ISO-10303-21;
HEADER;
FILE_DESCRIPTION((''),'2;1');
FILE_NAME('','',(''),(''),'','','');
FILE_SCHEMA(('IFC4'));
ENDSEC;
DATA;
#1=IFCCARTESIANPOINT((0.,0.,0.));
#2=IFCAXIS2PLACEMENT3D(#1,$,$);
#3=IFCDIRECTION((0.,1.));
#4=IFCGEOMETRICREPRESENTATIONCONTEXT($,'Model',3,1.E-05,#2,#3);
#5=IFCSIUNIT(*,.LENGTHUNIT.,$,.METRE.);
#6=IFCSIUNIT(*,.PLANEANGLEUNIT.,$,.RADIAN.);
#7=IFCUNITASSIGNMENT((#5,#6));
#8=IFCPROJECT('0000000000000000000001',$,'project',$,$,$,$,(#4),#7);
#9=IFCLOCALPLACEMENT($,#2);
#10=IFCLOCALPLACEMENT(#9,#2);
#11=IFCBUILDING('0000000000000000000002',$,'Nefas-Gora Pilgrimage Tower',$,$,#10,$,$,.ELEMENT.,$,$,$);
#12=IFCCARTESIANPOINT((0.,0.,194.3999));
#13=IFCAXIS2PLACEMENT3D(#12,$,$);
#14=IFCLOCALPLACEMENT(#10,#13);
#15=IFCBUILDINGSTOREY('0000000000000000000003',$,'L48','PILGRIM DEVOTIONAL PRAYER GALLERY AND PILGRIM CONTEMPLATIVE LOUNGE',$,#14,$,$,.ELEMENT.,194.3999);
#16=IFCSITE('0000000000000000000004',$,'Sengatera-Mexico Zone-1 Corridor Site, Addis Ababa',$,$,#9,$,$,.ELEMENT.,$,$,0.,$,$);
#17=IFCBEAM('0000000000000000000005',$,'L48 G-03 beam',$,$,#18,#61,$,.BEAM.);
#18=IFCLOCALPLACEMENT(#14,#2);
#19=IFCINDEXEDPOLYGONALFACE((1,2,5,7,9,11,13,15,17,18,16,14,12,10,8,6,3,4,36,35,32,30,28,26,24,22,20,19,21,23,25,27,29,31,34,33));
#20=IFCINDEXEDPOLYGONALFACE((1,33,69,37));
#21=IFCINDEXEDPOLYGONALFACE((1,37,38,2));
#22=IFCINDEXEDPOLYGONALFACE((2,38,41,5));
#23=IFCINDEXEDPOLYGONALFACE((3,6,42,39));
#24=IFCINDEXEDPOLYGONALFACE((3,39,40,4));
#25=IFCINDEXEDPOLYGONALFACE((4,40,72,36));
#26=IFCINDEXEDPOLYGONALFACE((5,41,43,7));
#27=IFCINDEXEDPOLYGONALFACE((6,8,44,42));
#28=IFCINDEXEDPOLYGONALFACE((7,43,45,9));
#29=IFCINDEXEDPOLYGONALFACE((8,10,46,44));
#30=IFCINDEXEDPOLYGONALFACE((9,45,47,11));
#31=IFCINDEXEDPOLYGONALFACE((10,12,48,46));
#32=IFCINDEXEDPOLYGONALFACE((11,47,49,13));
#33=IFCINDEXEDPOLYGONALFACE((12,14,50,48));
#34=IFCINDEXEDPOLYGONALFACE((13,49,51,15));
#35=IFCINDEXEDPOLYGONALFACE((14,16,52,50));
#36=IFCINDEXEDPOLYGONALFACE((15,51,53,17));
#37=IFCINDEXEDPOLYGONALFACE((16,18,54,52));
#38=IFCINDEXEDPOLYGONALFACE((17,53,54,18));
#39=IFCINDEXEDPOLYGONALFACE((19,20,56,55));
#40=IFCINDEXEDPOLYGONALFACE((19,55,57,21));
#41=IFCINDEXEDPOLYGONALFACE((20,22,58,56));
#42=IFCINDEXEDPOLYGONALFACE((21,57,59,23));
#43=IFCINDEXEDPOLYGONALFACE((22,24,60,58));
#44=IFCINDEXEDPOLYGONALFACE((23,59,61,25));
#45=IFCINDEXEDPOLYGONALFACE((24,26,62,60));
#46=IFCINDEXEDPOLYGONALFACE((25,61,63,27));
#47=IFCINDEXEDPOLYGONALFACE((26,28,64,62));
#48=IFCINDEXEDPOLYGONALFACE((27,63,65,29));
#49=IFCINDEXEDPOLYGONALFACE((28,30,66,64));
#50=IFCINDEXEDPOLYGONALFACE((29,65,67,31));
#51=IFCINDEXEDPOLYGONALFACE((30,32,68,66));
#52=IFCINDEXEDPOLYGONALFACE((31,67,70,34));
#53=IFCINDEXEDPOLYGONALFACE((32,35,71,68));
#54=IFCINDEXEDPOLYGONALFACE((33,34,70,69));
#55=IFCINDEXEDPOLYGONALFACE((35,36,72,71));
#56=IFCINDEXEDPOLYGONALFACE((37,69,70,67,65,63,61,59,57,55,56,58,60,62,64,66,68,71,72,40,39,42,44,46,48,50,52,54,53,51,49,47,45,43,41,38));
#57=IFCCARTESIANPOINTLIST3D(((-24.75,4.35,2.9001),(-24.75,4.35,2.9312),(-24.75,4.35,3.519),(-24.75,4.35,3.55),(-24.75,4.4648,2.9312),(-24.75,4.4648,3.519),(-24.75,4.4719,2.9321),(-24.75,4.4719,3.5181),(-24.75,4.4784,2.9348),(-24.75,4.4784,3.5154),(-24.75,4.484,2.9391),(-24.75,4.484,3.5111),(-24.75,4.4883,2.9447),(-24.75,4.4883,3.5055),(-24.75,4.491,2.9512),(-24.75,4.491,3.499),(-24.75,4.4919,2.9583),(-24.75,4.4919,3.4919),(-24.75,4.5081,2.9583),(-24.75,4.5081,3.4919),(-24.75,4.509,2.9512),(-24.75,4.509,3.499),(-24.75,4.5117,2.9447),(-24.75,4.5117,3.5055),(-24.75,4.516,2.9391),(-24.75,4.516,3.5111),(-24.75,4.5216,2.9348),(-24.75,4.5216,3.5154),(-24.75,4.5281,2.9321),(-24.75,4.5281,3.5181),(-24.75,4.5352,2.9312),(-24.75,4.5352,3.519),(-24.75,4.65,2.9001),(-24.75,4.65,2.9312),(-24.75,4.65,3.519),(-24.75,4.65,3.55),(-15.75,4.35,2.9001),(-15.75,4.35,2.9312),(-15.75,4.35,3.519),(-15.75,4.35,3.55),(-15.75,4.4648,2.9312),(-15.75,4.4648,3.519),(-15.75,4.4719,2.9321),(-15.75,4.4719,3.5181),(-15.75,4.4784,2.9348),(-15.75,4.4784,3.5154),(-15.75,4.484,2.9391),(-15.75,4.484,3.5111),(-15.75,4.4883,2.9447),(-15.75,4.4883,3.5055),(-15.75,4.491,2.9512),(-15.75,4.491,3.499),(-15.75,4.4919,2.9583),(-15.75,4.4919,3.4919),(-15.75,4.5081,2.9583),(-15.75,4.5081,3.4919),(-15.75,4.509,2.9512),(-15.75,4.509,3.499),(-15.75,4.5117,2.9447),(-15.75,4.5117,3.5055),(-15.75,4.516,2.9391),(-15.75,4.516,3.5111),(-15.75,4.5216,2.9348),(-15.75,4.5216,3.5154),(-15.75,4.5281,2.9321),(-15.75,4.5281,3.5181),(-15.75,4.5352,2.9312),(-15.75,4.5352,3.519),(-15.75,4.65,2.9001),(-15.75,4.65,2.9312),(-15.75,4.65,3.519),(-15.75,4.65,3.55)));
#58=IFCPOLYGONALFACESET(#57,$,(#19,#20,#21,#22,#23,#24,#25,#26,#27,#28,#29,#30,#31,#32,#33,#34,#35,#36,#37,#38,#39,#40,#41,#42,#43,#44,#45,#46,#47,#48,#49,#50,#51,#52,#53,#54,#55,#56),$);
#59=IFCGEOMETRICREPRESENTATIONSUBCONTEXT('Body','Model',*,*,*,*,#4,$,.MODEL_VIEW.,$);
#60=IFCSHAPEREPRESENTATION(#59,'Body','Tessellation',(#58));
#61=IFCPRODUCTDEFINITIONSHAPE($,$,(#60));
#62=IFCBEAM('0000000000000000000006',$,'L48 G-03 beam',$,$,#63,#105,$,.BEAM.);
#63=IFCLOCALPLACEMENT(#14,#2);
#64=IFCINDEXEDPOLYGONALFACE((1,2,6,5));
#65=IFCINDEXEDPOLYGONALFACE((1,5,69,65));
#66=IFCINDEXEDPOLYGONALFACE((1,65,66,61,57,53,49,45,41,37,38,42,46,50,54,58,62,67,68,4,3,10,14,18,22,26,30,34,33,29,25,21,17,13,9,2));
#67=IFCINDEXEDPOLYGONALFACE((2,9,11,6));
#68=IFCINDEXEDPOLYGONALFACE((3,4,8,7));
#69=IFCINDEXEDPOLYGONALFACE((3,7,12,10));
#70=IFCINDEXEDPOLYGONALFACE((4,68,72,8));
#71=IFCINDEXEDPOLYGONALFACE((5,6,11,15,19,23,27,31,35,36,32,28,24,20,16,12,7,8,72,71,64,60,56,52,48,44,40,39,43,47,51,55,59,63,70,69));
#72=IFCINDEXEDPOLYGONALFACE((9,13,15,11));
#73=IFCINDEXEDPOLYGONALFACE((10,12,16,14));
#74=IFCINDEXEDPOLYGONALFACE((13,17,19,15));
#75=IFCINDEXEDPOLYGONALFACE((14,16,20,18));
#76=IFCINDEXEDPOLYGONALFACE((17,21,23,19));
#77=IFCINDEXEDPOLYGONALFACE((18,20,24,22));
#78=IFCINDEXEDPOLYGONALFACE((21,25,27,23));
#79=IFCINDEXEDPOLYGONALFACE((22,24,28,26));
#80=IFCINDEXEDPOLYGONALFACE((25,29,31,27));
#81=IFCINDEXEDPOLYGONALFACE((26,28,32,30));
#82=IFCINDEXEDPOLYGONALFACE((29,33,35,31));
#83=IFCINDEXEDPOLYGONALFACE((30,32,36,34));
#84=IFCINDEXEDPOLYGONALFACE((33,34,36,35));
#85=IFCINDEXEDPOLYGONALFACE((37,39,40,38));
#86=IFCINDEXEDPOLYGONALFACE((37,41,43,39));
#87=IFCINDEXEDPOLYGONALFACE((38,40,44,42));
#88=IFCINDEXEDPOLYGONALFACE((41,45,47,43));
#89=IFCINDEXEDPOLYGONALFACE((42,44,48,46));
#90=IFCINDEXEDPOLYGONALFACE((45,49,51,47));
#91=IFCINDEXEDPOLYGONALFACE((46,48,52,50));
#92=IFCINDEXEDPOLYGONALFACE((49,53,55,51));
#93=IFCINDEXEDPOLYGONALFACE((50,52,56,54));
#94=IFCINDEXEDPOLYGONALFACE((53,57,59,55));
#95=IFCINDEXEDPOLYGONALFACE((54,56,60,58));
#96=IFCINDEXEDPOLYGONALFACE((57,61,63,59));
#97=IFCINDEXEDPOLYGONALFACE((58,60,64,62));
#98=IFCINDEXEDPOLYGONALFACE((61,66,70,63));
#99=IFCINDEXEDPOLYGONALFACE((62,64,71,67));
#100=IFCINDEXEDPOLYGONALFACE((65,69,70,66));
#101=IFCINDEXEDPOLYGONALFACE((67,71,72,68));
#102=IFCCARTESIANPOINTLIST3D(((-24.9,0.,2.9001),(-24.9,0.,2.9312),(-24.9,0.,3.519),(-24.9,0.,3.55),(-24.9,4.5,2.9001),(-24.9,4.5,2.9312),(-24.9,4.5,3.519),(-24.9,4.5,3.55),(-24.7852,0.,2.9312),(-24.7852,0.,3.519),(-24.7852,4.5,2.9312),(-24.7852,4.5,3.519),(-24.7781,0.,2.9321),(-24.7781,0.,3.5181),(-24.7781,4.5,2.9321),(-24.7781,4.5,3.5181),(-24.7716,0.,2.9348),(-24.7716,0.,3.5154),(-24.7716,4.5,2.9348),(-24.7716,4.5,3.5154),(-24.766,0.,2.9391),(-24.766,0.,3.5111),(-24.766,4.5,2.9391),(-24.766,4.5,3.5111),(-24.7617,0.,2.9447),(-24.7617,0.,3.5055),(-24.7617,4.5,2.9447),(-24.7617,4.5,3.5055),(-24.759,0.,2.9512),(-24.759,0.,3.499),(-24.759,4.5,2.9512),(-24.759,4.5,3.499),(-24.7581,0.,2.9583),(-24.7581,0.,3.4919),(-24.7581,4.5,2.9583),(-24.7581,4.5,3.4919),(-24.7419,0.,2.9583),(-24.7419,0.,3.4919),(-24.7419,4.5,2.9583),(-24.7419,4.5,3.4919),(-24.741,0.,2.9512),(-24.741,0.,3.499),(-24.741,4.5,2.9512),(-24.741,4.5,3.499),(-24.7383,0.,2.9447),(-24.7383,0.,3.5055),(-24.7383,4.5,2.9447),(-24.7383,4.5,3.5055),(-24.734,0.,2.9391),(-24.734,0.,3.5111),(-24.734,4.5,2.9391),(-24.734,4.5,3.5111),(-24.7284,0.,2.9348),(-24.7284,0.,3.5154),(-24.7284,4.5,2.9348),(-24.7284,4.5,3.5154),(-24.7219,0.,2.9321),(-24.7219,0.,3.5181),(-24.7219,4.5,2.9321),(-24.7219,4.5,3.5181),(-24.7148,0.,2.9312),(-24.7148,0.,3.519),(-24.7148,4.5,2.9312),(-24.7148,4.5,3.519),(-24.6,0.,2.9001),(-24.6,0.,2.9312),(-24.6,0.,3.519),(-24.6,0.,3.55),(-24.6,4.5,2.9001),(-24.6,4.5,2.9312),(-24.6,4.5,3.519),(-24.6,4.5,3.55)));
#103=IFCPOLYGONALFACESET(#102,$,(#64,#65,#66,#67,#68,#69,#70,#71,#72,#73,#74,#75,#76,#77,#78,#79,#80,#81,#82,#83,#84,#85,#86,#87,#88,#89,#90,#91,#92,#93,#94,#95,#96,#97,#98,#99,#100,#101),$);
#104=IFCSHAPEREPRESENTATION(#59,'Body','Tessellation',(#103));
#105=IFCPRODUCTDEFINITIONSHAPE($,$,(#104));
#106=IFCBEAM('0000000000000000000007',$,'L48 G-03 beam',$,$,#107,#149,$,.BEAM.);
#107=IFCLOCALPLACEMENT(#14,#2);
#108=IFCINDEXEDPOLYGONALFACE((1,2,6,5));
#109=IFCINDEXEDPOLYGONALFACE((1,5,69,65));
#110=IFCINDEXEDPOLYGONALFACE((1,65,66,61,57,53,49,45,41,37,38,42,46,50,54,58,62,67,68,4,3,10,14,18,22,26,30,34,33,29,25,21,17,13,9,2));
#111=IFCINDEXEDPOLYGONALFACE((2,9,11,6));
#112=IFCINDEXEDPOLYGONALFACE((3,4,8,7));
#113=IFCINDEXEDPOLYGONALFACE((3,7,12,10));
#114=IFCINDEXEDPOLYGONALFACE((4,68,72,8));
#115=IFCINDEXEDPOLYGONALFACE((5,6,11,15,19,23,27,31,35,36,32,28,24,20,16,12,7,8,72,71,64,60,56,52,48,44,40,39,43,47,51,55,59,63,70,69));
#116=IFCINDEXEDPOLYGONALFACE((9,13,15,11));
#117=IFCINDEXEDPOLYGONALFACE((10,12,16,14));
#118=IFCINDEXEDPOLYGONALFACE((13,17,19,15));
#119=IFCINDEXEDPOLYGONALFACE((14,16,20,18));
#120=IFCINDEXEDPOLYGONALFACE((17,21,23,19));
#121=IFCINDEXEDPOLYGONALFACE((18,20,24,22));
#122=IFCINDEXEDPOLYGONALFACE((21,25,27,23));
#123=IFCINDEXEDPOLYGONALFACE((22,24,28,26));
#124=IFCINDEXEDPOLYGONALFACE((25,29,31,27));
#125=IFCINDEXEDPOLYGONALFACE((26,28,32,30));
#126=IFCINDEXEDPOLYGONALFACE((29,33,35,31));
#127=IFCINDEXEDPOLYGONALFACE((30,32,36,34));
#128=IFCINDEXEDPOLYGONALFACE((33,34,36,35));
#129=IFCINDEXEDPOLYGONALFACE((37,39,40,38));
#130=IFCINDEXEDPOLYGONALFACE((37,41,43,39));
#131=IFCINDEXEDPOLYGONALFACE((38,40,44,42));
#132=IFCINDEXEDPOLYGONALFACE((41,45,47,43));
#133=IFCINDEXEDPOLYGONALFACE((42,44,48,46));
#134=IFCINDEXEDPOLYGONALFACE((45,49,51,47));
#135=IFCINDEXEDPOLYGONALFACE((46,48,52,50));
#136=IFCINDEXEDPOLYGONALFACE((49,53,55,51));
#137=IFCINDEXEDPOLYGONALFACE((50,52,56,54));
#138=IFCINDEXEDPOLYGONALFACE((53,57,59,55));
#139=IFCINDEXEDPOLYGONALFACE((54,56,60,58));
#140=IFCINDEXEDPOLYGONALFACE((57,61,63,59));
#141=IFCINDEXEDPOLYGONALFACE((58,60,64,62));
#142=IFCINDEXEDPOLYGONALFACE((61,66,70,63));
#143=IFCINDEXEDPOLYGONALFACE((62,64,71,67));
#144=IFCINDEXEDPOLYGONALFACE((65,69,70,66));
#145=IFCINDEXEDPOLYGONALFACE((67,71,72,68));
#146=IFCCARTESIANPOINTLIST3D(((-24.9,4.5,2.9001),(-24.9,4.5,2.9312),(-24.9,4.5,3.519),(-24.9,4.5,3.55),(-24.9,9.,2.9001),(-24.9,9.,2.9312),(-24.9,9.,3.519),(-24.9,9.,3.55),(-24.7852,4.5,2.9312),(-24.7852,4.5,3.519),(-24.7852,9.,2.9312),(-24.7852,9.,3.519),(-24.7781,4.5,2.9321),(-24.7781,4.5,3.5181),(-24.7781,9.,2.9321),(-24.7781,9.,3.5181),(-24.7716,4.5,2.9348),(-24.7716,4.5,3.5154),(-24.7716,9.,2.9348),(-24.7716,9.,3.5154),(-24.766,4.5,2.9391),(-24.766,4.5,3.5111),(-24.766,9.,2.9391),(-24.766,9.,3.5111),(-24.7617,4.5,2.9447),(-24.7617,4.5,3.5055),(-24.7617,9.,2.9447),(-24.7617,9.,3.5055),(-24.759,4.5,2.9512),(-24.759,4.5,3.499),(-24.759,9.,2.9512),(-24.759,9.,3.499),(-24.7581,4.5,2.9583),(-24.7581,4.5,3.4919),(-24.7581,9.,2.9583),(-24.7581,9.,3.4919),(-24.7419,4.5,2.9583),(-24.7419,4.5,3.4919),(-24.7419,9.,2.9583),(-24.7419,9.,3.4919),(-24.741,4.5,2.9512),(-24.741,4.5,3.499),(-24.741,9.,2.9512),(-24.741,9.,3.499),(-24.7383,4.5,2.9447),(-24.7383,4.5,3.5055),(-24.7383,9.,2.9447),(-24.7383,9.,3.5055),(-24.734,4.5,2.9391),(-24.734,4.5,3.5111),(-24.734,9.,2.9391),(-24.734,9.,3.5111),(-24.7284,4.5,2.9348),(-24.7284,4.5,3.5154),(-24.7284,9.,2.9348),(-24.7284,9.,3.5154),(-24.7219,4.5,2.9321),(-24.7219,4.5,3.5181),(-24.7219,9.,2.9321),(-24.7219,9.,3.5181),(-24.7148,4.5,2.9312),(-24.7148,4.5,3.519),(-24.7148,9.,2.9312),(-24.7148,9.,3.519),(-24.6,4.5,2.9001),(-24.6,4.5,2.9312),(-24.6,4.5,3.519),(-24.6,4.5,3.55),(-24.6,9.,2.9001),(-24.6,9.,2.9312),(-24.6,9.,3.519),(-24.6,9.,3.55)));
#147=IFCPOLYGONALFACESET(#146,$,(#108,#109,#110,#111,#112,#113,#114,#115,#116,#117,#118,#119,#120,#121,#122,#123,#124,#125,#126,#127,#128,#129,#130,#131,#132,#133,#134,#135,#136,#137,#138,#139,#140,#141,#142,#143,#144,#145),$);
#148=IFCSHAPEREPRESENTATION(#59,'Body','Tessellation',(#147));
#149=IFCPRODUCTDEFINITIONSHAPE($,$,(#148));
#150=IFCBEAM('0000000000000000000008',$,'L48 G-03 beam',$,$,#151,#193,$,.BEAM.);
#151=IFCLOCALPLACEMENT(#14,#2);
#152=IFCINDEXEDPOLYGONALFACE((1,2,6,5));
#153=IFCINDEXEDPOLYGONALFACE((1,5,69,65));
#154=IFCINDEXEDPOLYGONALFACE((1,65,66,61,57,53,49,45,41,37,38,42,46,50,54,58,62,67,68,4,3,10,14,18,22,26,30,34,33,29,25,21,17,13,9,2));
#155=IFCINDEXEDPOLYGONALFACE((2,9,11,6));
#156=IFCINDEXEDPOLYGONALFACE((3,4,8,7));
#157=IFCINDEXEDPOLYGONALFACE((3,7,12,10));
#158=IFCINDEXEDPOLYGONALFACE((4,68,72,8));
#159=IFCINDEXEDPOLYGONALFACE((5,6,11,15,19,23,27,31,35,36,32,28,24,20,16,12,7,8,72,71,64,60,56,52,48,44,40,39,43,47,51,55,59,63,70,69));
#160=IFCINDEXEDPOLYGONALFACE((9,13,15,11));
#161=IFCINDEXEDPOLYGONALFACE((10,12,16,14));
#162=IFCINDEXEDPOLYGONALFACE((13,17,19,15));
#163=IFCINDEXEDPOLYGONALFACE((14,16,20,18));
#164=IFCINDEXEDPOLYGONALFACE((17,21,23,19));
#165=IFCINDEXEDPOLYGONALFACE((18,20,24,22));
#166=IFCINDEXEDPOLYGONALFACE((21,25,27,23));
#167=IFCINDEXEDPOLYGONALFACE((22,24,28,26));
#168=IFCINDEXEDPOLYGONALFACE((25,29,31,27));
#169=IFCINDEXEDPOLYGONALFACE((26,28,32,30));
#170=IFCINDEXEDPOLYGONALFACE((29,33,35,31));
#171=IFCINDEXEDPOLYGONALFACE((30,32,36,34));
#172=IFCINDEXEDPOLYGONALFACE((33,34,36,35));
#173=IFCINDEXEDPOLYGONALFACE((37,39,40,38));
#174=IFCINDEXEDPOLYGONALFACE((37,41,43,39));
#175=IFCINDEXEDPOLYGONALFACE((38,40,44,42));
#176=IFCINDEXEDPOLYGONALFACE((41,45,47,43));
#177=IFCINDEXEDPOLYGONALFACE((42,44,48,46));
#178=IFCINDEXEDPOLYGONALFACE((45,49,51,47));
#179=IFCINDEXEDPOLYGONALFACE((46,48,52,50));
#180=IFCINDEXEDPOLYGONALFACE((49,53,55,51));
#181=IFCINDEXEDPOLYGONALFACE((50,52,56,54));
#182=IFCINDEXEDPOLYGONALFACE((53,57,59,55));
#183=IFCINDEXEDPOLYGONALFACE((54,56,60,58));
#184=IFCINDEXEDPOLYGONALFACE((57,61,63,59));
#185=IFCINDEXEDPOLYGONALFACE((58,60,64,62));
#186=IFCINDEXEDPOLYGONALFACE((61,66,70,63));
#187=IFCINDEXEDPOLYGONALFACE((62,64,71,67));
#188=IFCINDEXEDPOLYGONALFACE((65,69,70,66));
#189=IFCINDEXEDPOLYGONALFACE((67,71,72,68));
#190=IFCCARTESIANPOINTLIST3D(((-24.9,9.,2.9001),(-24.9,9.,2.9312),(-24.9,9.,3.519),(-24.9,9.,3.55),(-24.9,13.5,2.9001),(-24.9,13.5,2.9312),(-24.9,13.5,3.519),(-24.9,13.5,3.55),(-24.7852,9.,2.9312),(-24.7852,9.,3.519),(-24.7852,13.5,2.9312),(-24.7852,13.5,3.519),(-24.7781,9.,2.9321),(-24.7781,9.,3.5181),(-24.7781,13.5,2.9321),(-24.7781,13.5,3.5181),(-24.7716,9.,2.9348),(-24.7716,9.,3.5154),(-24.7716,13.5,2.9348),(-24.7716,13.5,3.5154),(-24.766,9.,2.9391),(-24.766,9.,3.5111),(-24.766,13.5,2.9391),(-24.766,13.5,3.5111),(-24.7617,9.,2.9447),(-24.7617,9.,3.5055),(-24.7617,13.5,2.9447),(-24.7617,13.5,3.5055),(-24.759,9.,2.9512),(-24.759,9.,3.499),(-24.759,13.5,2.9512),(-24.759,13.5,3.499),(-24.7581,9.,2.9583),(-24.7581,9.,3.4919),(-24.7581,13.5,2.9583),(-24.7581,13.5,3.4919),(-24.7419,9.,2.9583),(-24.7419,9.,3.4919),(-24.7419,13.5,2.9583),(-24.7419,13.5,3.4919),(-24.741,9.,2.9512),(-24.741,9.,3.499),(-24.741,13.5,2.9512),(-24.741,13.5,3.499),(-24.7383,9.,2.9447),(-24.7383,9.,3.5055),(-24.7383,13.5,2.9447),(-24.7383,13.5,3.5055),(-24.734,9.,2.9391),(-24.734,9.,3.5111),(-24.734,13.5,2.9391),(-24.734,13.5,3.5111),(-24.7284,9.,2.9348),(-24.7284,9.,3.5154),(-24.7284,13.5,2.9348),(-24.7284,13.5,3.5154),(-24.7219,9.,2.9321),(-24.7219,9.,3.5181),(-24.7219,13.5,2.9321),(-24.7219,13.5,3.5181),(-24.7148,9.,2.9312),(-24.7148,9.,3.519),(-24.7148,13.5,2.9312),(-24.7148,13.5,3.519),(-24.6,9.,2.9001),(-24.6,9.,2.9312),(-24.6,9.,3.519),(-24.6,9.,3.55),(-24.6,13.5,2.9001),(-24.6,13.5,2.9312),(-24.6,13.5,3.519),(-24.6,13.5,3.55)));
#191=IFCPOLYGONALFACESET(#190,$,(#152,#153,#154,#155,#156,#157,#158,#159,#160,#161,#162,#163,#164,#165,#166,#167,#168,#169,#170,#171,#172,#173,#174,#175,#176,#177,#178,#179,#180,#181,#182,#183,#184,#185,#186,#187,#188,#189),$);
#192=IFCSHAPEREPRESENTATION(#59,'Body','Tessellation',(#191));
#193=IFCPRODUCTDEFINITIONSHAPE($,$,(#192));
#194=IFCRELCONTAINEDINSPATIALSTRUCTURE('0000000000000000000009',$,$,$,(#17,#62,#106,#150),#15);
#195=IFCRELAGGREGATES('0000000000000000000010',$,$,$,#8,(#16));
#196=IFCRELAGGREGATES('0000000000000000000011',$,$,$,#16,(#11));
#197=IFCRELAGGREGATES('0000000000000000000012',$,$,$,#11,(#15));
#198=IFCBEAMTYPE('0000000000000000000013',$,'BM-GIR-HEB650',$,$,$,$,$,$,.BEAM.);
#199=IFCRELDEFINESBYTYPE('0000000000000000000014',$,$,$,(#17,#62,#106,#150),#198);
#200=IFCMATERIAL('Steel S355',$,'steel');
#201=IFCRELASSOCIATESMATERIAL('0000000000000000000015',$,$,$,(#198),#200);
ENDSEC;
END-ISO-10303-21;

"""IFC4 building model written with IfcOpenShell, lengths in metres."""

from ifc_helpers import new_model, si_unit, direction, frame, origin, origin_2d, place, context, subcontext, project, spatial, i_section, extrude, source, transform, mapped, material, material_profile, profile_set, type_object, element, save


model = new_model("IFC4")

# Units and contexts
model_context = context("Model", 3, precision=1e-05, world=origin(), true_north=direction((0.0, 1.0)))
body_context = subcontext(model_context, "Body", "Model", "MODEL_VIEW")
ifc_project = project(units=[si_unit("LENGTHUNIT", "METRE"), si_unit("PLANEANGLEUNIT", "RADIAN")], contexts=[model_context])

# Site, building, storey
site_placement = place(None, origin())
site = spatial("IfcSite", under=ifc_project, at=site_placement, Name="Sengatera-Mexico Zone-1 Corridor Site, Addis Ababa", CompositionType="ELEMENT", RefElevation=0.0)
building_placement = place(site_placement, origin())
building = spatial("IfcBuilding", under=site, at=building_placement, Name="Nefas-Gora Pilgrimage Tower", CompositionType="ELEMENT")
storey_placement = place(building_placement, frame((0.0, 0.0, 194.3999)))
storey = spatial("IfcBuildingStorey", under=building, at=storey_placement, Name="L48", Description="PILGRIM DEVOTIONAL PRAYER GALLERY AND PILGRIM CONTEMPLATIVE LOUNGE", CompositionType="ELEMENT", Elevation=194.3999)

# Beams
ifc_material_1 = material(Name="Steel S355", Category="steel")
ifc_material_profile_1 = material_profile(ifc_material_1, i_section(OverallWidth=0.3, OverallDepth=0.6499, WebThickness=0.0161, FlangeThickness=0.031, FilletRadius=0.0271, at=origin_2d()), Name="HEB 650")
ifc_profile_set_1 = profile_set([ifc_material_profile_1], Name="Steel S355")
beam_type_1 = type_object("IfcBeamType", Name="BM-GIR-HEB650", PredefinedType="BEAM", material=ifc_profile_set_1)
shared_shape_1 = source(origin(), body_context, "Body", "SweptSolid", [
    extrude(i_section(OverallWidth=0.3, OverallDepth=0.6499, WebThickness=0.0161, FlangeThickness=0.031, FilletRadius=0.0271, at=origin_2d()), origin(), (0.0, 0.0, 1.0), 9.0),
])
for number, where, z_axis, x_axis, name in (
    (1, (-24.75, 4.5, 3.2251), (1.0, 0.0, 0.0), (0.0, 1.0, 0.0), "L48 G-03 beam"),
):
    element("IfcBeam", number, at=place(storey_placement, frame(where, z_axis=z_axis, x_axis=x_axis)), inside=storey, type_object=beam_type_1, Name=name, PredefinedType="BEAM", context=body_context, shape_type="MappedRepresentation", body=[
        mapped(shared_shape_1, transform((0.0, 0.0, 0.0), x_axis=(1.0, 0.0, 0.0), y_axis=(0.0, 1.0, 0.0), z_axis=(0.0, 0.0, 1.0), scale=1.0)),
    ])
shared_shape_2 = source(origin(), body_context, "Body", "SweptSolid", [
    extrude(i_section(OverallWidth=0.3, OverallDepth=0.6499, WebThickness=0.0161, FlangeThickness=0.031, FilletRadius=0.0271, at=origin_2d()), origin(), (0.0, 0.0, 1.0), 4.5),
])
for number, where, z_axis, x_axis, name in (
    (2, (-24.75, 0.0, 3.2251), (0.0, 1.0, 0.0), (-1.0, 0.0, 0.0), "L48 G-03 beam"),
    (3, (-24.75, 4.5, 3.2251), (0.0, 1.0, 0.0), (-1.0, 0.0, 0.0), "L48 G-03 beam"),
    (4, (-24.75, 9.0, 3.2251), (0.0, 1.0, 0.0), (-1.0, 0.0, 0.0), "L48 G-03 beam"),
):
    element("IfcBeam", number, at=place(storey_placement, frame(where, z_axis=z_axis, x_axis=x_axis)), inside=storey, type_object=beam_type_1, Name=name, PredefinedType="BEAM", context=body_context, shape_type="MappedRepresentation", body=[
        mapped(shared_shape_2, transform((0.0, 0.0, 0.0), x_axis=(1.0, 0.0, 0.0), y_axis=(0.0, 1.0, 0.0), z_axis=(0.0, 0.0, 1.0), scale=1.0)),
    ])

save(model, "model.ifc")
